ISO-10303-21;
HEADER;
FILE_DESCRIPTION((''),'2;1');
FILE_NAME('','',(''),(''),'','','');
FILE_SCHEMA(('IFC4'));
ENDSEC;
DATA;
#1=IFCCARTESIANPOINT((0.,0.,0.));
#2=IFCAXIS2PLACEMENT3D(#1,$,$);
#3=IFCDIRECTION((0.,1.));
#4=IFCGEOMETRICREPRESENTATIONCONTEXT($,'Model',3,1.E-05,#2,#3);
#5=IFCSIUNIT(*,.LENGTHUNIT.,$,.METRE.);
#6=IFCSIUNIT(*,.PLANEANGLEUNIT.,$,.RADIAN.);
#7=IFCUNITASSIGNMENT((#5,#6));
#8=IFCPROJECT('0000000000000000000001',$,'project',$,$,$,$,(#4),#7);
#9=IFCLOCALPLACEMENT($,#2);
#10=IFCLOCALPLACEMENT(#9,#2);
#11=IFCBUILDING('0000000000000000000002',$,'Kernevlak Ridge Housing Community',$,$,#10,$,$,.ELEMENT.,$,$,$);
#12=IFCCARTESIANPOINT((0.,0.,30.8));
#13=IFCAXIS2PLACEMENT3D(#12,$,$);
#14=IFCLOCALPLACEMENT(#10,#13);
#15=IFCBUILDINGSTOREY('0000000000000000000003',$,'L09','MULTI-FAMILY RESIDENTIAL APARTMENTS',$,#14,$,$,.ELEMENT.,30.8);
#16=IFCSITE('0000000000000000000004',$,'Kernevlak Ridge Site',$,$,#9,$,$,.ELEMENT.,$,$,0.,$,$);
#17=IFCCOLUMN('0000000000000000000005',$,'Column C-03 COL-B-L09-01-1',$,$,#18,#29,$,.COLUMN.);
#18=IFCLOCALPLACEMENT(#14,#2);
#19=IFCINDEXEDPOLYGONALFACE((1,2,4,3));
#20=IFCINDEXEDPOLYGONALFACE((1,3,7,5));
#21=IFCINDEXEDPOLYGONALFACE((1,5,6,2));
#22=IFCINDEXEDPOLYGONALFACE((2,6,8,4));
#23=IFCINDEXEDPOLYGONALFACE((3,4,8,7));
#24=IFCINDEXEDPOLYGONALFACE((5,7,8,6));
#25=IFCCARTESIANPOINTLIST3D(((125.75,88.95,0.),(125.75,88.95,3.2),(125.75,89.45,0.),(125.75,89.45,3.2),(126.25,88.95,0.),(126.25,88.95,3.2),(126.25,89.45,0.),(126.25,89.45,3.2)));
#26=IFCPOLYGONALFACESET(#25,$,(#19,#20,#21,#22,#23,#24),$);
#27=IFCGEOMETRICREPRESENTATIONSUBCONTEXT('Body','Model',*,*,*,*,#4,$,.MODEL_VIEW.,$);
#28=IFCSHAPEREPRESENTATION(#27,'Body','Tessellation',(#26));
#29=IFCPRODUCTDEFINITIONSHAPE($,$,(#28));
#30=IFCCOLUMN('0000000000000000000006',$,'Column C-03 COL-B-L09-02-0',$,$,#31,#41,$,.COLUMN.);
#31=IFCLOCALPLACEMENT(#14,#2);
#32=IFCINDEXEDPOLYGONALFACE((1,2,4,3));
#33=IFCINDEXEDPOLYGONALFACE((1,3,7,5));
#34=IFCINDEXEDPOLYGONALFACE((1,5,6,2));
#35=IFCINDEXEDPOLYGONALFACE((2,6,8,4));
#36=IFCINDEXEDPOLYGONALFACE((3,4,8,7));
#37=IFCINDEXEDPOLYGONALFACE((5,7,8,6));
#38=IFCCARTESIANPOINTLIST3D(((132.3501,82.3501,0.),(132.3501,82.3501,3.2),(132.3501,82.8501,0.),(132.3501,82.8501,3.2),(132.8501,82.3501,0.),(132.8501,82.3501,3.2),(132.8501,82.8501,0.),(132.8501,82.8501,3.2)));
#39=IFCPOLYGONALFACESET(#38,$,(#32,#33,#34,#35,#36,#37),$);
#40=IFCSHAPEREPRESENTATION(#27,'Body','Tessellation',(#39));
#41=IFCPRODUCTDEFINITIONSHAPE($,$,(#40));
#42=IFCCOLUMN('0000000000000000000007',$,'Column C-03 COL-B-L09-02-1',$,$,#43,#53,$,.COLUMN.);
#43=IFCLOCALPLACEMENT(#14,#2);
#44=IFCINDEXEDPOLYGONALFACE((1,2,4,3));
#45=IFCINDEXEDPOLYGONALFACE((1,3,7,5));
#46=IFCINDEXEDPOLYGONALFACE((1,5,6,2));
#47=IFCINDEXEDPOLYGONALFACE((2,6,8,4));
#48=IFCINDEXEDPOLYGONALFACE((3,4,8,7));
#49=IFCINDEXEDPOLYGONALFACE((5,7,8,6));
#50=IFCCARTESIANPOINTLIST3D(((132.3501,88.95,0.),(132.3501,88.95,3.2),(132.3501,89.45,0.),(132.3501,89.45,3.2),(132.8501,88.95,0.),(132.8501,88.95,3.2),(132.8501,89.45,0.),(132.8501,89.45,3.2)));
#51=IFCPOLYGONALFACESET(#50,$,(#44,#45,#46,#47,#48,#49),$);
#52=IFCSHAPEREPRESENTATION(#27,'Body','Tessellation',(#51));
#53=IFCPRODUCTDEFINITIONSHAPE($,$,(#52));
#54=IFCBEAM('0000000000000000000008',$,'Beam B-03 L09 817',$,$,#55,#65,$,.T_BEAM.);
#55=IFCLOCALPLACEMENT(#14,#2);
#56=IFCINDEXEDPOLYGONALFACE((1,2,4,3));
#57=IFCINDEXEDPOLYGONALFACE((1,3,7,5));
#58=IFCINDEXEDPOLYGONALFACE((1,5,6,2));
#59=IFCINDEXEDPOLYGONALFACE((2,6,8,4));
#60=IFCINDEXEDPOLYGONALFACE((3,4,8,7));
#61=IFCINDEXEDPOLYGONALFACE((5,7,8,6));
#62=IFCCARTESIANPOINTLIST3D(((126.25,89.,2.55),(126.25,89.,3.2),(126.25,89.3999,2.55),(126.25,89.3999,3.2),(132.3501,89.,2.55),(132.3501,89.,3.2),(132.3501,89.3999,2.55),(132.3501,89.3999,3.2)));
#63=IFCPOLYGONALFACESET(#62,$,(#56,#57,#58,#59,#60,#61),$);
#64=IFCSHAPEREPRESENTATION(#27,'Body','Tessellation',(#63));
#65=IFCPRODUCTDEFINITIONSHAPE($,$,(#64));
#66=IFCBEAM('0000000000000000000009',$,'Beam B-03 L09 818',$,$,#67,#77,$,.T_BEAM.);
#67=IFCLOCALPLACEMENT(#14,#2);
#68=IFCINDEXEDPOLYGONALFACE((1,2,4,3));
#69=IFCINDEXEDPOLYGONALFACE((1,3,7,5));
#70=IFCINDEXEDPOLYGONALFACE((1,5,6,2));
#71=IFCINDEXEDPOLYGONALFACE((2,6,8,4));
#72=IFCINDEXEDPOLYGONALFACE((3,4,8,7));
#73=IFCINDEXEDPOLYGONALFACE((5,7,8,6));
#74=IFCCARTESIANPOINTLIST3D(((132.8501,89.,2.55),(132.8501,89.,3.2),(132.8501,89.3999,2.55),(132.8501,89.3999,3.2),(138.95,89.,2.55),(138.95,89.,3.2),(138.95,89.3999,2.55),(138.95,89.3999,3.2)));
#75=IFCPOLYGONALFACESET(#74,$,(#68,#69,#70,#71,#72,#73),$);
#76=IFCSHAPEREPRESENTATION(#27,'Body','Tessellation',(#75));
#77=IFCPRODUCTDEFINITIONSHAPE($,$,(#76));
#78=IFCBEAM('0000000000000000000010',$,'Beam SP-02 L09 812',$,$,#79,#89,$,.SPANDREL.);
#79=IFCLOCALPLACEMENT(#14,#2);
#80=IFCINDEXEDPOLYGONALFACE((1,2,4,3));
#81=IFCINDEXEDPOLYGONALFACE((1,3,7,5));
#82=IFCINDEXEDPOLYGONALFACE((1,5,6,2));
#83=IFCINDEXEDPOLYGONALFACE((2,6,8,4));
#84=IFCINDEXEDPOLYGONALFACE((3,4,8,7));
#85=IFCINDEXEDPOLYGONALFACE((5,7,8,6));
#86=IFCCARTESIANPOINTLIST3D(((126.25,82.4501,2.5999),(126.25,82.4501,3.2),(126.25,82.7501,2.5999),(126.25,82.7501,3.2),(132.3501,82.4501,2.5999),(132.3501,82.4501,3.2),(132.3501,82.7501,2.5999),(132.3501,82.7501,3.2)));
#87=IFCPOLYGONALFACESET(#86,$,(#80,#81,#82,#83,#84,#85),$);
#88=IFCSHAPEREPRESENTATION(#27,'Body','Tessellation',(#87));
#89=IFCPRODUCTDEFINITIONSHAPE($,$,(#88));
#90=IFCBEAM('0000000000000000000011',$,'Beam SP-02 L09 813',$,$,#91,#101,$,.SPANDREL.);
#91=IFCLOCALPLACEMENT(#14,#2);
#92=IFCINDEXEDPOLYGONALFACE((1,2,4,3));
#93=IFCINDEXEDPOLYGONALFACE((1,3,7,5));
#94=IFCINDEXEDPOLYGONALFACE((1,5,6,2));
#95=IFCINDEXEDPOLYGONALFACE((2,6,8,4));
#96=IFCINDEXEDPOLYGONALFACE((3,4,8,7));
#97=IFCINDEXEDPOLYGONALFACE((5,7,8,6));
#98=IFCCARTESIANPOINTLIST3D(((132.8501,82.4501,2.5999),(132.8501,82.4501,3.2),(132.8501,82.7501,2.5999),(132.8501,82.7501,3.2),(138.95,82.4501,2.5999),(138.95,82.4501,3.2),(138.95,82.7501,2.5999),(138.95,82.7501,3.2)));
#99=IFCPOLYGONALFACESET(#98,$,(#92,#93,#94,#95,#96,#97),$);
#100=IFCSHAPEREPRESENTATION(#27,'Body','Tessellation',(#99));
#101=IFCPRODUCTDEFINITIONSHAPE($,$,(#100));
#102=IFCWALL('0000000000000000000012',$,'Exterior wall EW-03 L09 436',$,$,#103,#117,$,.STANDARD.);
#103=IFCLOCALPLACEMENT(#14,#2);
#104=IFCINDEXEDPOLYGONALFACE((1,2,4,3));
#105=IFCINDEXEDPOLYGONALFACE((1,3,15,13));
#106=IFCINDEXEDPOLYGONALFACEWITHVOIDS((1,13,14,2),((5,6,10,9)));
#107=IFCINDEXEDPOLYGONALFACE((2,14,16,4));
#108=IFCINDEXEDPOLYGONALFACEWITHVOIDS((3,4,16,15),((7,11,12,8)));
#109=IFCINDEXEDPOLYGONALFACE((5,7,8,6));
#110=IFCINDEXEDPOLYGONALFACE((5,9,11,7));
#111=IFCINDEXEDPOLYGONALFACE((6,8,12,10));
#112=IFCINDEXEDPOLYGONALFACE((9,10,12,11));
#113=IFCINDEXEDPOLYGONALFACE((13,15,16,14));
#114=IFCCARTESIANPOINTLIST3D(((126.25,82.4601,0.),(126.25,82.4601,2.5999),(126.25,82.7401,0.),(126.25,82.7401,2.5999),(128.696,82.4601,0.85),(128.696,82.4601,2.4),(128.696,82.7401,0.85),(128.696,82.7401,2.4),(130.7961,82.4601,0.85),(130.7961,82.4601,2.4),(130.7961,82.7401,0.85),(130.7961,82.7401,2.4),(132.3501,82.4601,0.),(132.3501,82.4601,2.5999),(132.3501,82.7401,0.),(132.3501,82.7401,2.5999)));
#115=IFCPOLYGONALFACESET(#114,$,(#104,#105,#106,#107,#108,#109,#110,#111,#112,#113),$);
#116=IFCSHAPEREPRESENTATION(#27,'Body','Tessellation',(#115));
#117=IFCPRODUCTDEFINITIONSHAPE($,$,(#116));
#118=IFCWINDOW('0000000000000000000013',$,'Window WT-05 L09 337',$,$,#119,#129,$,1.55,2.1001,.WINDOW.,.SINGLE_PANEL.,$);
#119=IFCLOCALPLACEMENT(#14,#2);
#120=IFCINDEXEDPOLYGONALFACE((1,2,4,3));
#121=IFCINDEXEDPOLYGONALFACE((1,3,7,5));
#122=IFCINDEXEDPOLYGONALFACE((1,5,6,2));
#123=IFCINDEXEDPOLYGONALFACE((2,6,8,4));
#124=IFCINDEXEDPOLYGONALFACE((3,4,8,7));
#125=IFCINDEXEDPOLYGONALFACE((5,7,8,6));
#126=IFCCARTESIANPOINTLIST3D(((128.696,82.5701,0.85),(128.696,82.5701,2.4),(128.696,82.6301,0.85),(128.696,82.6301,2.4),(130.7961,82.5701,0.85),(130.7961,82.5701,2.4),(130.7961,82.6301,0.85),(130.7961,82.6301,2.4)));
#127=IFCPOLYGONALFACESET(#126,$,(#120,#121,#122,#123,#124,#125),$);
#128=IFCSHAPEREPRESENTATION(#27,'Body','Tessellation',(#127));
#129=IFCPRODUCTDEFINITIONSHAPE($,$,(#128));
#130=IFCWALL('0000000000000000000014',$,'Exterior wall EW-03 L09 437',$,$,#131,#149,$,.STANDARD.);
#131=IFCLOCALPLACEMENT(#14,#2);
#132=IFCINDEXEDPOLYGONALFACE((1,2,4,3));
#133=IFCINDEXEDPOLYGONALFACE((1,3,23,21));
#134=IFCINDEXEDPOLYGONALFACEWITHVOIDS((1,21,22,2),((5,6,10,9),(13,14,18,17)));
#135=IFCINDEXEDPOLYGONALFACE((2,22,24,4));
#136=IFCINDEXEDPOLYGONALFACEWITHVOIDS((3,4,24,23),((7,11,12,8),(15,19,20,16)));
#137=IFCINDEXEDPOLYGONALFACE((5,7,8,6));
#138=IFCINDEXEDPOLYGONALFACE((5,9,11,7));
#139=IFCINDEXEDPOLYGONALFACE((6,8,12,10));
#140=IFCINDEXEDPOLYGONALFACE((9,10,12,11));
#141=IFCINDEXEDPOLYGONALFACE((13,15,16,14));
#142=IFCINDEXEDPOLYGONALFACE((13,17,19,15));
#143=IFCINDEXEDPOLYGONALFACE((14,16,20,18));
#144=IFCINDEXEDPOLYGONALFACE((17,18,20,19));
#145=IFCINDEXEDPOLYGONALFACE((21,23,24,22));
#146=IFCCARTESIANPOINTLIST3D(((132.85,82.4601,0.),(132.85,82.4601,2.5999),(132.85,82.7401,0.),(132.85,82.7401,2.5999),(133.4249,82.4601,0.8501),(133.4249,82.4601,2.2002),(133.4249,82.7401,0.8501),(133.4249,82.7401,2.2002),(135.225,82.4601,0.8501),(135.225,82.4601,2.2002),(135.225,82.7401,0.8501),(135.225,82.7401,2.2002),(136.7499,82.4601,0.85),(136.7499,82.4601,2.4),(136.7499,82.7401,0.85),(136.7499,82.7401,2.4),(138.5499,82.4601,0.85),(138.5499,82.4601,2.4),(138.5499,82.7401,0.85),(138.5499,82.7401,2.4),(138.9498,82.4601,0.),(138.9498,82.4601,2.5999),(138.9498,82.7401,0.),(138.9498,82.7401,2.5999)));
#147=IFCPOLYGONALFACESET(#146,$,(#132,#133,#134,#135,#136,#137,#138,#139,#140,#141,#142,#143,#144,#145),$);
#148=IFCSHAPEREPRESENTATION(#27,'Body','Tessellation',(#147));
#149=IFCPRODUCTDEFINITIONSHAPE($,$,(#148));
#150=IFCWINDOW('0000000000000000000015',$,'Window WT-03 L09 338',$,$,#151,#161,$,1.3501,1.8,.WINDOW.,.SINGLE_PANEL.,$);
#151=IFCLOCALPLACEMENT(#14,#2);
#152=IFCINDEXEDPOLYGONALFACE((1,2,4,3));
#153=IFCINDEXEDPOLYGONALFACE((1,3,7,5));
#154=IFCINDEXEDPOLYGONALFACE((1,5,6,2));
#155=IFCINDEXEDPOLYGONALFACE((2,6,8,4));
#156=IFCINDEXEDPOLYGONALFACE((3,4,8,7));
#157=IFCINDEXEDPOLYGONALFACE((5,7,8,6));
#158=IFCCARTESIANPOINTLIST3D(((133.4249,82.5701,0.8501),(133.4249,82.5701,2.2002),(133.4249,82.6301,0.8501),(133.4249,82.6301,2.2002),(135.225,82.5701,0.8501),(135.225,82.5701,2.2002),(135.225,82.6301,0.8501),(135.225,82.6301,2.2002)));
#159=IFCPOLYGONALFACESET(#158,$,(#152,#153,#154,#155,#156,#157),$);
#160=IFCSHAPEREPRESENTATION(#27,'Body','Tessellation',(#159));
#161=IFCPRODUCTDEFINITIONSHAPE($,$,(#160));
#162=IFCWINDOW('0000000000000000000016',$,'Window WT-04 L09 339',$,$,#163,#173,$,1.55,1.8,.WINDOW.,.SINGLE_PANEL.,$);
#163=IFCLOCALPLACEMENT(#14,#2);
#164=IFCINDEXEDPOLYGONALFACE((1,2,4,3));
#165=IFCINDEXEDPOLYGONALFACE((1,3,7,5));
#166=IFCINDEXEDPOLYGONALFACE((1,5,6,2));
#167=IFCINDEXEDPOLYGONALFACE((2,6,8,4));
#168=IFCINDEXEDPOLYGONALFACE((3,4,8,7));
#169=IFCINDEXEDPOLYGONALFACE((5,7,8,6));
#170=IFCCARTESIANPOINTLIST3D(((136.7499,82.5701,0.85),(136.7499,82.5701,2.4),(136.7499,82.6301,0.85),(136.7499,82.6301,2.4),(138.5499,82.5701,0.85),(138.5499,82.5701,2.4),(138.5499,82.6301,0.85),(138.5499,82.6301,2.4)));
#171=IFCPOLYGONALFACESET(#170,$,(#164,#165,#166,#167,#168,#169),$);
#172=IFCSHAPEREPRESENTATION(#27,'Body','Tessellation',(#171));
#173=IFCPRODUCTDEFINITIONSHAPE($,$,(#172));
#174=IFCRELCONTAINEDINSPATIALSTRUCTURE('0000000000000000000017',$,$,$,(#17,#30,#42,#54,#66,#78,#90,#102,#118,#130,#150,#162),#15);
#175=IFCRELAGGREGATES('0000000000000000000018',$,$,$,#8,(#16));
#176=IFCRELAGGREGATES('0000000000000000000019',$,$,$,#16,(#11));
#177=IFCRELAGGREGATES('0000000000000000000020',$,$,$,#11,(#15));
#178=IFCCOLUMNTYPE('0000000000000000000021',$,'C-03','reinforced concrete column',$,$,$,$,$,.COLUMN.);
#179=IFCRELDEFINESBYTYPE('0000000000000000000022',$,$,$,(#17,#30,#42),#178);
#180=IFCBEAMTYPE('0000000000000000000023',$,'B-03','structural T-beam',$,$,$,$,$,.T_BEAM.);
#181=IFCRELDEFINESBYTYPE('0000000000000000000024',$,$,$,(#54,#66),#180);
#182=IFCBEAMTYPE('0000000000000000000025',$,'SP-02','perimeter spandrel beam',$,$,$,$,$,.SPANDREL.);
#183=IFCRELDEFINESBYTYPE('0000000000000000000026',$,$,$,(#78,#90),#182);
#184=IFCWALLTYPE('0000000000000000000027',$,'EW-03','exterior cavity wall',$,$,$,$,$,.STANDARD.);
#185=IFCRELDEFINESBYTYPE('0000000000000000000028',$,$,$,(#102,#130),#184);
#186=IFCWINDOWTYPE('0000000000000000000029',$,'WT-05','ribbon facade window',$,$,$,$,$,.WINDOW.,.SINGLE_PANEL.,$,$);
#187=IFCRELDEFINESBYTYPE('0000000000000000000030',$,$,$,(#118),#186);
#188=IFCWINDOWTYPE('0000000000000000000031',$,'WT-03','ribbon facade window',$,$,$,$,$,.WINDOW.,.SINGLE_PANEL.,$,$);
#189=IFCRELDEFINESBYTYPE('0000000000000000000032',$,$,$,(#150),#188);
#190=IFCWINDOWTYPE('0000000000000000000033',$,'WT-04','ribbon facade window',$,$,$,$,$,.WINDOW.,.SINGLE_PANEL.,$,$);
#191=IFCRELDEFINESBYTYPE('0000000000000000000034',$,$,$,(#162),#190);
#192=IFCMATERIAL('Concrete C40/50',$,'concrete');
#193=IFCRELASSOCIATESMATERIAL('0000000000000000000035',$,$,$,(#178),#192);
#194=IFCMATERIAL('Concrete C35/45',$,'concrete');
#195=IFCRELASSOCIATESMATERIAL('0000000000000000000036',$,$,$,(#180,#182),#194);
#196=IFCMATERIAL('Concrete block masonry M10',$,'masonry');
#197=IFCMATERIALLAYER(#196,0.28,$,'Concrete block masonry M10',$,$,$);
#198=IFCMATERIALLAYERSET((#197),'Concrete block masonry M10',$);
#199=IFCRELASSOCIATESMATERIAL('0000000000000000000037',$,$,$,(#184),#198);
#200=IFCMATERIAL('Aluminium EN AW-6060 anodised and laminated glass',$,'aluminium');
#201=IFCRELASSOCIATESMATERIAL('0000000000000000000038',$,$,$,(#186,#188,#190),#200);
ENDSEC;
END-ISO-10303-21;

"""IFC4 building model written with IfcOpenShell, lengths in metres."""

from ifc_helpers import new_model, si_unit, direction, frame, frame_2d, origin, origin_2d, place, context, subcontext, project, spatial, rectangle, extrude, material, layer, layer_set, material_profile, profile_set, type_object, element, fill, save


model = new_model("IFC4")

# Units and contexts
model_context = context("Model", 3, precision=1e-05, world=origin(), true_north=direction((0.0, 1.0)))
body_context = subcontext(model_context, "Body", "Model", "MODEL_VIEW")
ifc_project = project(units=[si_unit("LENGTHUNIT", "METRE"), si_unit("PLANEANGLEUNIT", "RADIAN")], contexts=[model_context])

# Site, building, storey
site_placement = place(None, origin())
site = spatial("IfcSite", under=ifc_project, at=site_placement, Name="Kernevlak Ridge Site", CompositionType="ELEMENT", RefElevation=0.0)
building_placement = place(site_placement, origin())
building = spatial("IfcBuilding", under=site, at=building_placement, Name="Kernevlak Ridge Housing Community", CompositionType="ELEMENT")
storey_placement = place(building_placement, frame((0.0, 0.0, 30.8)))
storey = spatial("IfcBuildingStorey", under=building, at=storey_placement, Name="L09", Description="MULTI-FAMILY RESIDENTIAL APARTMENTS", CompositionType="ELEMENT", Elevation=30.8)

# Columns
ifc_material_1 = material(Name="Concrete C40/50", Category="concrete")
ifc_material_profile_1 = material_profile(ifc_material_1, rectangle(XDim=0.5, YDim=0.5, at=origin_2d()), Name="RC 500x500")
ifc_profile_set_1 = profile_set([ifc_material_profile_1], Name="Concrete C40/50")
column_type = type_object("IfcColumnType", Name="C-03", Description="reinforced concrete column", PredefinedType="COLUMN", material=ifc_profile_set_1)
for number, where, z_axis, x_axis, name in (
    (1, (126.0, 89.2, 0.0), (0.0, 0.0, 1.0), (1.0, 0.0, 0.0), "Column C-03 COL-B-L09-01-1"),
    (2, (132.6001, 82.6001, 0.0), (0.0, 0.0, 1.0), (1.0, 0.0, 0.0), "Column C-03 COL-B-L09-02-0"),
    (3, (132.6001, 89.2, 0.0), (0.0, 0.0, 1.0), (1.0, 0.0, 0.0), "Column C-03 COL-B-L09-02-1"),
):
    element("IfcColumn", number, at=place(storey_placement, frame(where, z_axis=z_axis, x_axis=x_axis)), inside=storey, type_object=column_type, Name=name, PredefinedType="COLUMN", context=body_context, shape_type="SweptSolid", body=[
        extrude(rectangle(XDim=0.5, YDim=0.5, at=origin_2d()), origin(), (0.0, 0.0, 1.0), 3.2),
    ])

# Beams
ifc_material_2 = material(Name="Concrete C35/45", Category="concrete")
ifc_material_profile_2 = material_profile(ifc_material_2, rectangle(XDim=0.3999, YDim=0.6499, at=origin_2d()), Name="RC 400x650")
ifc_profile_set_2 = profile_set([ifc_material_profile_2], Name="Concrete C35/45")
beam_type_1 = type_object("IfcBeamType", Name="B-03", Description="structural T-beam", PredefinedType="T_BEAM", material=ifc_profile_set_2)
beam_1_placement = place(storey_placement, frame((126.25, 89.2, 2.875), z_axis=(1.0, 0.0, 0.0), x_axis=(0.0, 1.0, 0.0)))
element("IfcBeam", 4, at=beam_1_placement, inside=storey, type_object=beam_type_1, Name="Beam B-03 L09 817", PredefinedType="T_BEAM", context=body_context, shape_type="SweptSolid", body=[
    extrude(rectangle(XDim=0.3999, YDim=0.6499, at=origin_2d()), origin(), (0.0, 0.0, 1.0), 6.1001),
])
beam_2_placement = place(storey_placement, frame((132.8501, 89.2, 2.875), z_axis=(1.0, 0.0, 0.0), x_axis=(0.0, 1.0, 0.0)))
element("IfcBeam", 5, at=beam_2_placement, inside=storey, type_object=beam_type_1, Name="Beam B-03 L09 818", PredefinedType="T_BEAM", context=body_context, shape_type="SweptSolid", body=[
    extrude(rectangle(XDim=0.3999, YDim=0.6499, at=origin_2d()), origin(), (0.0, 0.0, 1.0), 6.0999),
])
ifc_material_profile_3 = material_profile(ifc_material_2, rectangle(XDim=0.3, YDim=0.6001, at=origin_2d()), Name="RC 300x600")
ifc_profile_set_3 = profile_set([ifc_material_profile_3], Name="Concrete C35/45")
beam_type_2 = type_object("IfcBeamType", Name="SP-02", Description="perimeter spandrel beam", PredefinedType="SPANDREL", material=ifc_profile_set_3)
beam_3_placement = place(storey_placement, frame((126.25, 82.6001, 2.8999), z_axis=(1.0, 0.0, 0.0), x_axis=(0.0, 1.0, 0.0)))
element("IfcBeam", 6, at=beam_3_placement, inside=storey, type_object=beam_type_2, Name="Beam SP-02 L09 812", PredefinedType="SPANDREL", context=body_context, shape_type="SweptSolid", body=[
    extrude(rectangle(XDim=0.3, YDim=0.6001, at=origin_2d()), origin(), (0.0, 0.0, 1.0), 6.1001),
])
beam_4_placement = place(storey_placement, frame((132.8501, 82.6001, 2.8999), z_axis=(1.0, 0.0, 0.0), x_axis=(0.0, 1.0, 0.0)))
element("IfcBeam", 7, at=beam_4_placement, inside=storey, type_object=beam_type_2, Name="Beam SP-02 L09 813", PredefinedType="SPANDREL", context=body_context, shape_type="SweptSolid", body=[
    extrude(rectangle(XDim=0.3, YDim=0.6001, at=origin_2d()), origin(), (0.0, 0.0, 1.0), 6.0999),
])

# Wall, opening, window
ifc_material_3 = material(Name="Concrete block masonry M10", Category="masonry")
ifc_layer_1 = layer(ifc_material_3, 0.28, Name="Concrete block masonry M10")
ifc_layer_set_1 = layer_set([ifc_layer_1], Name="Concrete block masonry M10")
wall_type_1 = type_object("IfcWallType", Name="EW-03", Description="exterior cavity wall", PredefinedType="STANDARD", material=ifc_layer_set_1)
wall_1_placement = place(storey_placement, frame((126.25, 82.6001, 0.0), z_axis=(0.0, 0.0, 1.0), x_axis=(1.0, 0.0, 0.0)))
wall_1 = element("IfcWall", 8, at=wall_1_placement, inside=storey, type_object=wall_type_1, Name="Exterior wall EW-03 L09 436", PredefinedType="STANDARD", context=body_context, shape_type="SweptSolid", body=[
    extrude(rectangle(XDim=6.1001, YDim=0.28, at=frame_2d((3.05, 0.0))), origin(), (0.0, 0.0, 1.0), 2.5999),
])
opening_1_placement = place(wall_1_placement, frame((2.446, 0.0, 0.8501)))
opening_1 = element("IfcOpeningElement", 9, at=opening_1_placement, cuts=wall_1, PredefinedType="OPENING", context=body_context, shape_type="SweptSolid", body=[
    extrude(rectangle(XDim=2.1001, YDim=1.55, at=frame_2d((1.05, 0.7749))), frame((0.0, 0.1499, 0.0), z_axis=(0.0, -1.0, 0.0), x_axis=(1.0, 0.0, 0.0)), (0.0, 0.0, 1.0), 0.3),
])
ifc_material_4 = material(Name="Aluminium EN AW-6060 anodised and laminated glass", Category="aluminium")
window_type_1 = type_object("IfcWindowType", Name="WT-05", Description="ribbon facade window", PartitioningType="SINGLE_PANEL", PredefinedType="WINDOW", material=ifc_material_4)
window_1_placement = place(opening_1_placement, origin())
window_1 = element("IfcWindow", 10, at=window_1_placement, inside=storey, type_object=window_type_1, Name="Window WT-05 L09 337", OverallHeight=1.55, OverallWidth=2.1001, PartitioningType="SINGLE_PANEL", PredefinedType="WINDOW", context=body_context, shape_type="SweptSolid", body=[
    extrude(rectangle(XDim=2.1001, YDim=1.55, at=frame_2d((1.05, 0.7749))), frame((0.0, 0.03, 0.0), z_axis=(0.0, -1.0, 0.0), x_axis=(1.0, 0.0, 0.0)), (0.0, 0.0, 1.0), 0.0601),
])
fill(opening_1, window_1)

# Wall, openings, windows
wall_2_placement = place(storey_placement, frame((132.8501, 82.6001, 0.0), z_axis=(0.0, 0.0, 1.0), x_axis=(1.0, 0.0, 0.0)))
wall_2 = element("IfcWall", 11, at=wall_2_placement, inside=storey, type_object=wall_type_1, Name="Exterior wall EW-03 L09 437", PredefinedType="STANDARD", context=body_context, shape_type="SweptSolid", body=[
    extrude(rectangle(XDim=6.0999, YDim=0.28, at=frame_2d((3.0498, 0.0))), origin(), (0.0, 0.0, 1.0), 2.5999),
])
opening_2_placement = place(wall_2_placement, frame((0.575, 0.0, 0.8501)))
opening_2 = element("IfcOpeningElement", 12, at=opening_2_placement, cuts=wall_2, PredefinedType="OPENING", context=body_context, shape_type="SweptSolid", body=[
    extrude(rectangle(XDim=1.8, YDim=1.3501, at=frame_2d((0.8999, 0.675))), frame((0.0, 0.1499, 0.0), z_axis=(0.0, -1.0, 0.0), x_axis=(1.0, 0.0, 0.0)), (0.0, 0.0, 1.0), 0.3),
])
opening_3_placement = place(wall_2_placement, frame((3.8999, 0.0, 0.8501)))
opening_3 = element("IfcOpeningElement", 13, at=opening_3_placement, cuts=wall_2, PredefinedType="OPENING", context=body_context, shape_type="SweptSolid", body=[
    extrude(rectangle(XDim=1.8, YDim=1.55, at=frame_2d((0.8999, 0.7749))), frame((0.0, 0.1499, 0.0), z_axis=(0.0, -1.0, 0.0), x_axis=(1.0, 0.0, 0.0)), (0.0, 0.0, 1.0), 0.3),
])
window_type_2 = type_object("IfcWindowType", Name="WT-03", Description="ribbon facade window", PartitioningType="SINGLE_PANEL", PredefinedType="WINDOW", material=ifc_material_4)
window_2_placement = place(opening_2_placement, origin())
window_2 = element("IfcWindow", 14, at=window_2_placement, inside=storey, type_object=window_type_2, Name="Window WT-03 L09 338", OverallHeight=1.3501, OverallWidth=1.8, PartitioningType="SINGLE_PANEL", PredefinedType="WINDOW", context=body_context, shape_type="SweptSolid", body=[
    extrude(rectangle(XDim=1.8, YDim=1.3501, at=frame_2d((0.8999, 0.675))), frame((0.0, 0.03, 0.0), z_axis=(0.0, -1.0, 0.0), x_axis=(1.0, 0.0, 0.0)), (0.0, 0.0, 1.0), 0.0601),
])
fill(opening_2, window_2)
window_type_3 = type_object("IfcWindowType", Name="WT-04", Description="ribbon facade window", PartitioningType="SINGLE_PANEL", PredefinedType="WINDOW", material=ifc_material_4)
window_3_placement = place(opening_3_placement, origin())
window_3 = element("IfcWindow", 15, at=window_3_placement, inside=storey, type_object=window_type_3, Name="Window WT-04 L09 339", OverallHeight=1.55, OverallWidth=1.8, PartitioningType="SINGLE_PANEL", PredefinedType="WINDOW", context=body_context, shape_type="SweptSolid", body=[
    extrude(rectangle(XDim=1.8, YDim=1.55, at=frame_2d((0.8999, 0.7749))), frame((0.0, 0.03, 0.0), z_axis=(0.0, -1.0, 0.0), x_axis=(1.0, 0.0, 0.0)), (0.0, 0.0, 1.0), 0.0601),
])
fill(opening_3, window_3)

save(model, "model.ifc")
